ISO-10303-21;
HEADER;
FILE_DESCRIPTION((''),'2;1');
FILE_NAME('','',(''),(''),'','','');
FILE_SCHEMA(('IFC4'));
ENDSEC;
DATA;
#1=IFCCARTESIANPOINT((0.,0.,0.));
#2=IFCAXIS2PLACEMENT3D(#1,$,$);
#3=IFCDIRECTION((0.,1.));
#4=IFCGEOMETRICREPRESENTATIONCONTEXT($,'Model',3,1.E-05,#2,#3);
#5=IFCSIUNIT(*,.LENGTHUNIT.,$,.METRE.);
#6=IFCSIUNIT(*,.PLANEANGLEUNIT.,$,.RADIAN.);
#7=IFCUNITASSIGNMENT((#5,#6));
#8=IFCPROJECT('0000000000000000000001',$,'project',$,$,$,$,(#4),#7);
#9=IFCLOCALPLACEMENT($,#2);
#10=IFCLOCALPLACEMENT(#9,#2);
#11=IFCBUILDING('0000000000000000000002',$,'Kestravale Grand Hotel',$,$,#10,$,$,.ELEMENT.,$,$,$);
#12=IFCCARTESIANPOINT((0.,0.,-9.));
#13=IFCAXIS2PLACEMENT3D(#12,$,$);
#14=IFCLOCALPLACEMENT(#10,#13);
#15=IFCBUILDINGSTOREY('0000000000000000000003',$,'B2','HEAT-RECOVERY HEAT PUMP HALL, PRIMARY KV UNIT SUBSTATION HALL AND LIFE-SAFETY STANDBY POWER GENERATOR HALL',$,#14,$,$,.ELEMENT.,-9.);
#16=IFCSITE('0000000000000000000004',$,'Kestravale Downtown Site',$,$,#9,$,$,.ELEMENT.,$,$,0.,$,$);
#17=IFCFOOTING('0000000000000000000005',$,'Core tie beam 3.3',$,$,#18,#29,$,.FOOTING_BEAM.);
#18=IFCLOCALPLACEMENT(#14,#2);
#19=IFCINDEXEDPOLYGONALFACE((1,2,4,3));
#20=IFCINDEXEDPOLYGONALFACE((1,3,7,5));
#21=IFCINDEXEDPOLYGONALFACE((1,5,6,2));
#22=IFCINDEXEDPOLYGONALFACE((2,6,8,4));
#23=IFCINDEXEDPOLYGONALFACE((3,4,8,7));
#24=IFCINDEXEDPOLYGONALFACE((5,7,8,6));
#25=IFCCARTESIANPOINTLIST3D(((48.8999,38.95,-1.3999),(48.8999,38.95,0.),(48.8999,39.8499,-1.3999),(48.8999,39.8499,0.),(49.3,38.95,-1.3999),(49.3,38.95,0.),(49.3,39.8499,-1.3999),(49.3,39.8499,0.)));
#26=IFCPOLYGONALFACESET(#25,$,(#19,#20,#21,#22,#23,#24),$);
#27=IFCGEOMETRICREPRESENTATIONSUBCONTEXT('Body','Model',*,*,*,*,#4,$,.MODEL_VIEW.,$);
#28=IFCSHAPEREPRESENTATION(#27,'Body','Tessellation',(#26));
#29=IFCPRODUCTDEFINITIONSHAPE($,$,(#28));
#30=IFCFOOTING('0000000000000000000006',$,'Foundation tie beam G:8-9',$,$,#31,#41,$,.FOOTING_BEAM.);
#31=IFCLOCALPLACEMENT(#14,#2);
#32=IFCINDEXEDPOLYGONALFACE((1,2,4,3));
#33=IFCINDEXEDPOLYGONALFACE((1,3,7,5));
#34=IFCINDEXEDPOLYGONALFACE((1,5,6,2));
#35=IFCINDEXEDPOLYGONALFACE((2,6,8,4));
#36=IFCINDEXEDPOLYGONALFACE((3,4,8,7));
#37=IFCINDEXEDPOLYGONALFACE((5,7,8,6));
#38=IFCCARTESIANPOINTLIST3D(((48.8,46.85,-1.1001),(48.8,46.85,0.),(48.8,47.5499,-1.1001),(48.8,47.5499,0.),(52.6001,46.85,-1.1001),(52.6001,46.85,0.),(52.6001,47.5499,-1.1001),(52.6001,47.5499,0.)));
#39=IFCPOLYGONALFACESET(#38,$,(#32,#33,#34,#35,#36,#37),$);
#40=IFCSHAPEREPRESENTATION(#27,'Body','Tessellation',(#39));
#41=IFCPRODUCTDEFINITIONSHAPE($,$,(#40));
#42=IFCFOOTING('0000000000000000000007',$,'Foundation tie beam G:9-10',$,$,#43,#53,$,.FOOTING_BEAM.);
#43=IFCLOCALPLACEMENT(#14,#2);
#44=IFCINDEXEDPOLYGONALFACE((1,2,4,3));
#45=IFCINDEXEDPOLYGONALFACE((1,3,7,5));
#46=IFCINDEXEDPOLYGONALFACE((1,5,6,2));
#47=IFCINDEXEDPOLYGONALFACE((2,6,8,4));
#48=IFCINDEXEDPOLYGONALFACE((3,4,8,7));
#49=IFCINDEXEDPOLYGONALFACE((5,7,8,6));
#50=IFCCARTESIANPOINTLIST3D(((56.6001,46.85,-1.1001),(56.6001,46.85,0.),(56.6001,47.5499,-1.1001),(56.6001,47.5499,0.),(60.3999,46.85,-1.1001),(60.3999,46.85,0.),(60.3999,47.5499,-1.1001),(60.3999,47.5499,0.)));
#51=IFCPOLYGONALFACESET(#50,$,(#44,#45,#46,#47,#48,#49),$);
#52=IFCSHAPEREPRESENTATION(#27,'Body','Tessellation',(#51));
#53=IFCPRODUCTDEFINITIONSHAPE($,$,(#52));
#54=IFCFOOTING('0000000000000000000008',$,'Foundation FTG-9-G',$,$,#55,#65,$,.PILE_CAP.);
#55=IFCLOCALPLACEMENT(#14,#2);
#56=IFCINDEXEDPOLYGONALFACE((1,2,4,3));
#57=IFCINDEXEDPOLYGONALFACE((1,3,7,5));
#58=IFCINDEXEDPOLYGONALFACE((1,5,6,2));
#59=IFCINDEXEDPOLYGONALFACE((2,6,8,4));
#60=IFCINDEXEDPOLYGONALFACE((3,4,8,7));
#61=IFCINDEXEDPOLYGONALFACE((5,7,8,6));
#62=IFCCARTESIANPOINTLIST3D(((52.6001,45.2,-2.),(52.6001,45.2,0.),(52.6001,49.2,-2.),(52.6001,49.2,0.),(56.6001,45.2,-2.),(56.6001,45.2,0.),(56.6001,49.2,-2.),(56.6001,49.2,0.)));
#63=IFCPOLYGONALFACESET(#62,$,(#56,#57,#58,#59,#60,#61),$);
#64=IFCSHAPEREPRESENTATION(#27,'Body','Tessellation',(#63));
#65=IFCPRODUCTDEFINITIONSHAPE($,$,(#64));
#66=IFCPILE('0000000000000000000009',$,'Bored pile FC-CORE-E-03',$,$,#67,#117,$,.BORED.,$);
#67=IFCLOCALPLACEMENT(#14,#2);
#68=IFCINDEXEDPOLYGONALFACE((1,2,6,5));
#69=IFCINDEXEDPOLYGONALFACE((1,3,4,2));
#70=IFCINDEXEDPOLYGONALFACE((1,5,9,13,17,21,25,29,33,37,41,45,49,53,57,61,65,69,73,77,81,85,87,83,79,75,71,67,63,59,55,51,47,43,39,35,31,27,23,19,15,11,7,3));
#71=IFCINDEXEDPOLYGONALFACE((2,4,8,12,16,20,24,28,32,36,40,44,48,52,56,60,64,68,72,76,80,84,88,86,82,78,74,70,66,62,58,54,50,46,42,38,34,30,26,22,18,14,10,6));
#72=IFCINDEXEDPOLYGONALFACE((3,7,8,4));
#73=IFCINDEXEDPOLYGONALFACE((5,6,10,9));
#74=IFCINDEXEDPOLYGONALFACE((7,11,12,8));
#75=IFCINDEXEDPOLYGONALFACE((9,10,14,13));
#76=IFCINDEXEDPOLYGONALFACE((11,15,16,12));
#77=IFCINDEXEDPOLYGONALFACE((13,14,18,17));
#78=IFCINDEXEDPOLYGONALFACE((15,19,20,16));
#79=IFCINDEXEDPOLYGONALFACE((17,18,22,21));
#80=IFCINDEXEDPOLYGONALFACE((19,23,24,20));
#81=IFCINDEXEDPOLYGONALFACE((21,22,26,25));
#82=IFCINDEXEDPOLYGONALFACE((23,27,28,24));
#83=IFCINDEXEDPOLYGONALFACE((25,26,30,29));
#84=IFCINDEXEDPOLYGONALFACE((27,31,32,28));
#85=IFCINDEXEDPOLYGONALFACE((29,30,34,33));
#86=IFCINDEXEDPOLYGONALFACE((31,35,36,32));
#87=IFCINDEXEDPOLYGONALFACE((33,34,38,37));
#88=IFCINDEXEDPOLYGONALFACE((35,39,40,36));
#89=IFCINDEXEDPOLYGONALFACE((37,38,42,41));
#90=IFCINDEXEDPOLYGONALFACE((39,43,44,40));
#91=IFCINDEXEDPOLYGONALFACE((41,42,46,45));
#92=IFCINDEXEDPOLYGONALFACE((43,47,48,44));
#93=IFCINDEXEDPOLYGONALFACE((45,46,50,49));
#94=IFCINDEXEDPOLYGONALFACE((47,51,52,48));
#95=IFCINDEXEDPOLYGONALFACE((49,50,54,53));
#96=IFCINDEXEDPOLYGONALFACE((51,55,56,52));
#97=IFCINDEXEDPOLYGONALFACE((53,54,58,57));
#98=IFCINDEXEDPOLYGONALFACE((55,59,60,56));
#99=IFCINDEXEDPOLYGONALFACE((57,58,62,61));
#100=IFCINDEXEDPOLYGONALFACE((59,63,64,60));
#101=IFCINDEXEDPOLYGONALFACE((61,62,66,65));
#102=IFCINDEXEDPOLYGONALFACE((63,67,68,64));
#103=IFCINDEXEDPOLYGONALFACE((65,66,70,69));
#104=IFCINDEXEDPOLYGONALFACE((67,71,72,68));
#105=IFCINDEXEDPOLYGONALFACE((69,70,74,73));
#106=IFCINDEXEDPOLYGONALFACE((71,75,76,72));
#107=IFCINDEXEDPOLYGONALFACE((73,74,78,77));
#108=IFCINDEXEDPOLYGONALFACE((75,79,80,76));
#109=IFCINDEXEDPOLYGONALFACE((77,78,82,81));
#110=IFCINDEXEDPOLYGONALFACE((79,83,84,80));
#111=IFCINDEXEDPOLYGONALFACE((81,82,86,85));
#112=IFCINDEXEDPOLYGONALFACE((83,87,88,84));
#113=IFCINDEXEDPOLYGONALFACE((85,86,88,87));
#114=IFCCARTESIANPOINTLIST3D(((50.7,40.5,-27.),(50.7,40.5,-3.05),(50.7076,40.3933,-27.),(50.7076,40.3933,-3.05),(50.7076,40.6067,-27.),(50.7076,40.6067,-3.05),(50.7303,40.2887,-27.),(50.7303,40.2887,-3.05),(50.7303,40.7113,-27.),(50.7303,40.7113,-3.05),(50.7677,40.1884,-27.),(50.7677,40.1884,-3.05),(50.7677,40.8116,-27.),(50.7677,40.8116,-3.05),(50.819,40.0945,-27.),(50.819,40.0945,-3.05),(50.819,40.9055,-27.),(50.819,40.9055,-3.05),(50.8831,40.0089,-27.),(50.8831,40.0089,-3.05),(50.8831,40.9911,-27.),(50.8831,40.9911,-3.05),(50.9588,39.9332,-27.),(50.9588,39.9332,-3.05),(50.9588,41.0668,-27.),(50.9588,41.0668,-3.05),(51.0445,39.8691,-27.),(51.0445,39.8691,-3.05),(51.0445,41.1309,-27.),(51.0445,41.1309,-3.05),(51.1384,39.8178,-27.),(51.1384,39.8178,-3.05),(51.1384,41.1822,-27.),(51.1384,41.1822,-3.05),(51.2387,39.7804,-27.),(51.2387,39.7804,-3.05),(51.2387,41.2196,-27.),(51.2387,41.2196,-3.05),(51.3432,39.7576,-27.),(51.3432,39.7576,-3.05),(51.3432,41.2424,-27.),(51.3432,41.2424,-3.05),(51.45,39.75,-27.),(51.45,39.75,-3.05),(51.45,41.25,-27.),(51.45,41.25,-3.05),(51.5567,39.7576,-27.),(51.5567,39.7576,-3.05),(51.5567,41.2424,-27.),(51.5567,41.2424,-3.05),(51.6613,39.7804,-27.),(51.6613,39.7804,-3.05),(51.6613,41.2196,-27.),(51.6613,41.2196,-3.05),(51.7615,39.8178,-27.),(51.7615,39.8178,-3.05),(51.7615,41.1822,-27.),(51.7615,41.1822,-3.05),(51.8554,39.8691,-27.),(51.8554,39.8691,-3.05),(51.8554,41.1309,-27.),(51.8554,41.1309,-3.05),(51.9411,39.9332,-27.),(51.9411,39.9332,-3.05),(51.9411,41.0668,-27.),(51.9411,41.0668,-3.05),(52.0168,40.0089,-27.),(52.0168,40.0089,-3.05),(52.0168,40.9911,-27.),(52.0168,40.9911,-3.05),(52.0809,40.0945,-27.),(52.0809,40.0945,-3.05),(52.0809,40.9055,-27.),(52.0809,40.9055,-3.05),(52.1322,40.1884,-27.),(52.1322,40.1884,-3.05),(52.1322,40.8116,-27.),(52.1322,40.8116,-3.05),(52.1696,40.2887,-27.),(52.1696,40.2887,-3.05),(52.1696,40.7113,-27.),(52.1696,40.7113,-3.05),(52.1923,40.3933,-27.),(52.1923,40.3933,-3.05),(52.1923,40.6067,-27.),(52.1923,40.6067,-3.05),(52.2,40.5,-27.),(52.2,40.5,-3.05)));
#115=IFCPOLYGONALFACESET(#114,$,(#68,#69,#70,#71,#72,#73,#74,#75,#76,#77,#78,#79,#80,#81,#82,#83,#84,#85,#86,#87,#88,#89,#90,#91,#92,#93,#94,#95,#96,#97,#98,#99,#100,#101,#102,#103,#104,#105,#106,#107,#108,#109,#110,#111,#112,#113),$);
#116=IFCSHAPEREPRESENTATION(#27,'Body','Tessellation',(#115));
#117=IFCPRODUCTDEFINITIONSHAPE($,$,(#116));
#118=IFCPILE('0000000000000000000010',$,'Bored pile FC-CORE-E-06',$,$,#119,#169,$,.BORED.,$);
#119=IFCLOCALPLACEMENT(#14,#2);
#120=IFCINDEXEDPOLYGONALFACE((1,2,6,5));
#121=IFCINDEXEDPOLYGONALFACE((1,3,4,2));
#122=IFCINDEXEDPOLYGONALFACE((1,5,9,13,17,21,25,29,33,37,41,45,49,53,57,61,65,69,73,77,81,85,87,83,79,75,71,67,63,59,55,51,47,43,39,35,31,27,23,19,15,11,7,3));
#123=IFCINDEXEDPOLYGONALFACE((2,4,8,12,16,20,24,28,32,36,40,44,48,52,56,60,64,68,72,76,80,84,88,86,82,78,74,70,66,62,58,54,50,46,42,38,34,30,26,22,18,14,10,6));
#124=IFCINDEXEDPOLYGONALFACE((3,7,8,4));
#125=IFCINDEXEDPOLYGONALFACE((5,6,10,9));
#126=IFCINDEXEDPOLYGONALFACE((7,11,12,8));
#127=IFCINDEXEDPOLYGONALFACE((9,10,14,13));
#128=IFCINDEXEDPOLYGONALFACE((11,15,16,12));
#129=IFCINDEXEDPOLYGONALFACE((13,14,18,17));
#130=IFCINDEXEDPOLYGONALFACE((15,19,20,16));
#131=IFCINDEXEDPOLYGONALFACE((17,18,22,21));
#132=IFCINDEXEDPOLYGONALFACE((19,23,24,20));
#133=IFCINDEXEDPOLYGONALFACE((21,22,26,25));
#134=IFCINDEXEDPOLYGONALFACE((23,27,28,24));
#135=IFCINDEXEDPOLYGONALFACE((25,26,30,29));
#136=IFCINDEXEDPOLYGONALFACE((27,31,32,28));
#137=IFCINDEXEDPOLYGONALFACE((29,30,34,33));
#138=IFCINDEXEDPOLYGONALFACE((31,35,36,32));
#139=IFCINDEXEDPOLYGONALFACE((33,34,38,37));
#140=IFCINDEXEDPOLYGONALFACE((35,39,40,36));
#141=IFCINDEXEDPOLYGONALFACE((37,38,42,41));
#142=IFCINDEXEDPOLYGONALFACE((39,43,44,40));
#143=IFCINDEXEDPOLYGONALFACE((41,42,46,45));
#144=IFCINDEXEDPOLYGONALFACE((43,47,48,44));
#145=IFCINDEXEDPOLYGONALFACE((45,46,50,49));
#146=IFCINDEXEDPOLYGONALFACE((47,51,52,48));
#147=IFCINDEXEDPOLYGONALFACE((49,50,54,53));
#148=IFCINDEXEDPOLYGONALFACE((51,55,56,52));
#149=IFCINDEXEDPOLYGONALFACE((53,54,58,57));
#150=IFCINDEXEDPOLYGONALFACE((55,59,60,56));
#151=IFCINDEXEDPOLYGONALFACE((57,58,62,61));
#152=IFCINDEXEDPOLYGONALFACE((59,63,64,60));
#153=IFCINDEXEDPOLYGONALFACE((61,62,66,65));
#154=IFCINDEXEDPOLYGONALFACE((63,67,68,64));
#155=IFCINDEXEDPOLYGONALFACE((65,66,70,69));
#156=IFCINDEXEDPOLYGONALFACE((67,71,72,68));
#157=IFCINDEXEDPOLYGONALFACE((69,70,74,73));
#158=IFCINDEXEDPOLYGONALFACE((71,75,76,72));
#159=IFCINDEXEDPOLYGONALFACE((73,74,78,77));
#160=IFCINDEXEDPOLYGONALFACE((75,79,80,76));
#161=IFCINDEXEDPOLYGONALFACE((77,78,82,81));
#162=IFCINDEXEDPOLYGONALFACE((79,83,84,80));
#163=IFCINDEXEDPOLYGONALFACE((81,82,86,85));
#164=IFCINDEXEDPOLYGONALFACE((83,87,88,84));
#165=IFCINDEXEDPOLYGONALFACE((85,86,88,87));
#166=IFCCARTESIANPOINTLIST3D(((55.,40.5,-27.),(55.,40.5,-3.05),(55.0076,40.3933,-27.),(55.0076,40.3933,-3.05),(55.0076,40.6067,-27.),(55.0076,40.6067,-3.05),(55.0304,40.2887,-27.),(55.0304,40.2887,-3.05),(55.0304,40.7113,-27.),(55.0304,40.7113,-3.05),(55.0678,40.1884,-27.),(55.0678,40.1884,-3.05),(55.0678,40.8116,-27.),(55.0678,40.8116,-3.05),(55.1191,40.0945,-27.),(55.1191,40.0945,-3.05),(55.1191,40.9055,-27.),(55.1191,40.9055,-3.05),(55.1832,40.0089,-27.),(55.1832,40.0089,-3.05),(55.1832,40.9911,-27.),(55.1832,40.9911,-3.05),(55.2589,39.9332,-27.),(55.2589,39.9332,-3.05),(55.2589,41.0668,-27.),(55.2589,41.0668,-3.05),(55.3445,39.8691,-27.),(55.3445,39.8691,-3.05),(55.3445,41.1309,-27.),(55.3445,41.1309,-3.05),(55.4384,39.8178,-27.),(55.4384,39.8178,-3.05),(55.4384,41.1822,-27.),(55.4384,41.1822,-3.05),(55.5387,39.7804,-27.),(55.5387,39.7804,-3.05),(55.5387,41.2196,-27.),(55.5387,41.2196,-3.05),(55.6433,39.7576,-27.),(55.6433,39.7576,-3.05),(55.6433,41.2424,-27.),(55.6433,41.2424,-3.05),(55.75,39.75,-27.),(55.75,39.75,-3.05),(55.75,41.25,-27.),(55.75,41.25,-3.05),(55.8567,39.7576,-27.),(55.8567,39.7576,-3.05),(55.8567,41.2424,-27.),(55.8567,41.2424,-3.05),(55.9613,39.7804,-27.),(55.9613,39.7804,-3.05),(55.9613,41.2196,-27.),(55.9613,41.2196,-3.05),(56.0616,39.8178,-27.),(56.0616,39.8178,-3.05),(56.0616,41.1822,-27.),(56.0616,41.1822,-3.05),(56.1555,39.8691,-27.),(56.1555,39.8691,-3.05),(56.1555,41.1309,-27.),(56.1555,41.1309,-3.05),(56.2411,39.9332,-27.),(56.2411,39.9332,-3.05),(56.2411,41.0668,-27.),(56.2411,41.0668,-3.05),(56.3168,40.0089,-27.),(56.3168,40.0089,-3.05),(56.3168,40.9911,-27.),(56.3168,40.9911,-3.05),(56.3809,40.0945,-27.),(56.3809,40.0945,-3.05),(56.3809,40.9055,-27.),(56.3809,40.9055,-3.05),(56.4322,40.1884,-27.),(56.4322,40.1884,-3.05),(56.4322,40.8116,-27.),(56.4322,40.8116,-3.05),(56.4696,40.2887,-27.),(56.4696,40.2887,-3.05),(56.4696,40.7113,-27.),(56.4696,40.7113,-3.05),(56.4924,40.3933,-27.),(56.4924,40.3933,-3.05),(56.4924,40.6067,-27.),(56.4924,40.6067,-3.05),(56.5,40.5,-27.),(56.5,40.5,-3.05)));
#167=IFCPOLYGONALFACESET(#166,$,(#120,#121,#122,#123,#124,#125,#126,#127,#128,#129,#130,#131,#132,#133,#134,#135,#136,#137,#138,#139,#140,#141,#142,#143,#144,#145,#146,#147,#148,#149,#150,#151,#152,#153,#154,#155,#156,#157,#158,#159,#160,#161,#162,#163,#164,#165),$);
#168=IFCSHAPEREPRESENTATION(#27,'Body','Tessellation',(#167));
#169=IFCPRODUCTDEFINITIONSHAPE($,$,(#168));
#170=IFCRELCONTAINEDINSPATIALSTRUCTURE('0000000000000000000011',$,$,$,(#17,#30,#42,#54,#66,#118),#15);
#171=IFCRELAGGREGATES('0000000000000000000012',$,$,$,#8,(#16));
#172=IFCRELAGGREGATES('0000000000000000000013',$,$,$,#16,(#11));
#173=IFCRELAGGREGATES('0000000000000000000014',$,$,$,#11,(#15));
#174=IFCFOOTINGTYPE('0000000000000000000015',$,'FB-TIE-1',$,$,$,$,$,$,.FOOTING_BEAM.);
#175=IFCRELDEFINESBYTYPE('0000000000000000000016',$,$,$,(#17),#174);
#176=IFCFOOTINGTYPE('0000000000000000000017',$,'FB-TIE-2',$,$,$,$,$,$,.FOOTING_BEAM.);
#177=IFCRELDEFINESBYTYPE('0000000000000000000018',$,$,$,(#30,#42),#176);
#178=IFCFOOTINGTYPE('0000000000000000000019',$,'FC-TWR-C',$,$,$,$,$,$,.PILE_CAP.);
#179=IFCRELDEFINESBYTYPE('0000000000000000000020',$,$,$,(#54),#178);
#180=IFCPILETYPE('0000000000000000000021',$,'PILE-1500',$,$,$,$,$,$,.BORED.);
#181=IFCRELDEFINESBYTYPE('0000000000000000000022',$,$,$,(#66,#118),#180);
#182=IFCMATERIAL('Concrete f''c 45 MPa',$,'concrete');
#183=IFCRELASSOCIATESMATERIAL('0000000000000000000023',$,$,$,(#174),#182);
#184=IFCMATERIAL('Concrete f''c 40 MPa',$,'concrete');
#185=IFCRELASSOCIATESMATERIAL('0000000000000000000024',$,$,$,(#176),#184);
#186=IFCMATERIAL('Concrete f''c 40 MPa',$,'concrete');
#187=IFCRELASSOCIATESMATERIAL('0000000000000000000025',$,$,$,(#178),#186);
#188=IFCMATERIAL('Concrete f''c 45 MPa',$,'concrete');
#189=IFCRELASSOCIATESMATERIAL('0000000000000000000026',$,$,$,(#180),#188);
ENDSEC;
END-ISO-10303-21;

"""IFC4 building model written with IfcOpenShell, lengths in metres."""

from ifc_helpers import new_model, si_unit, direction, frame, origin, origin_2d, place, context, subcontext, project, spatial, rectangle, circle, extrude, material, material_profile, profile_set, type_object, element, save


model = new_model("IFC4")

# Units and contexts
model_context = context("Model", 3, precision=1e-05, world=origin(), true_north=direction((0.0, 1.0)))
body_context = subcontext(model_context, "Body", "Model", "MODEL_VIEW")
ifc_project = project(units=[si_unit("LENGTHUNIT", "METRE"), si_unit("PLANEANGLEUNIT", "RADIAN")], contexts=[model_context])

# Site, building, storey
site_placement = place(None, origin())
site = spatial("IfcSite", under=ifc_project, at=site_placement, Name="Kestravale Downtown Site", CompositionType="ELEMENT", RefElevation=0.0)
building_placement = place(site_placement, origin())
building = spatial("IfcBuilding", under=site, at=building_placement, Name="Kestravale Grand Hotel", CompositionType="ELEMENT")
storey_placement = place(building_placement, frame((0.0, 0.0, -9.0)))
storey = spatial("IfcBuildingStorey", under=building, at=storey_placement, Name="B2", Description="HEAT-RECOVERY HEAT PUMP HALL, PRIMARY KV UNIT SUBSTATION HALL AND LIFE-SAFETY STANDBY POWER GENERATOR HALL", CompositionType="ELEMENT", Elevation=-9.0)

# Footings
ifc_material_1 = material(Name="Concrete f'c 45 MPa", Category="concrete")
ifc_material_profile_1 = material_profile(ifc_material_1, rectangle(XDim=0.8999, YDim=1.3999, at=origin_2d()))
ifc_profile_set_1 = profile_set([ifc_material_profile_1], Name="Concrete f'c 45 MPa")
footing_type_1 = type_object("IfcFootingType", Name="FB-TIE-1", PredefinedType="FOOTING_BEAM", material=ifc_profile_set_1)
footing_1_placement = place(storey_placement, frame((48.8999, 39.3999, -0.7), z_axis=(1.0, 0.0, 0.0), x_axis=(0.0, 1.0, 0.0)))
element("IfcFooting", 1, at=footing_1_placement, inside=storey, type_object=footing_type_1, Name="Core tie beam 3.3", PredefinedType="FOOTING_BEAM", context=body_context, shape_type="SweptSolid", body=[
    extrude(rectangle(XDim=0.8999, YDim=1.3999, at=origin_2d()), origin(), (0.0, 0.0, 1.0), 0.4001),
])
ifc_material_2 = material(Name="Concrete f'c 40 MPa", Category="concrete")
ifc_material_profile_2 = material_profile(ifc_material_2, rectangle(XDim=0.7, YDim=1.1001, at=origin_2d()))
ifc_profile_set_2 = profile_set([ifc_material_profile_2], Name="Concrete f'c 40 MPa")
footing_type_2 = type_object("IfcFootingType", Name="FB-TIE-2", PredefinedType="FOOTING_BEAM", material=ifc_profile_set_2)
footing_2_placement = place(storey_placement, frame((48.8, 47.2, -0.55), z_axis=(1.0, 0.0, 0.0), x_axis=(0.0, 1.0, 0.0)))
element("IfcFooting", 2, at=footing_2_placement, inside=storey, type_object=footing_type_2, Name="Foundation tie beam G:8-9", PredefinedType="FOOTING_BEAM", context=body_context, shape_type="SweptSolid", body=[
    extrude(rectangle(XDim=0.7, YDim=1.1001, at=origin_2d()), origin(), (0.0, 0.0, 1.0), 3.8),
])
footing_3_placement = place(storey_placement, frame((56.6001, 47.2, -0.55), z_axis=(1.0, 0.0, 0.0), x_axis=(0.0, 1.0, 0.0)))
element("IfcFooting", 3, at=footing_3_placement, inside=storey, type_object=footing_type_2, Name="Foundation tie beam G:9-10", PredefinedType="FOOTING_BEAM", context=body_context, shape_type="SweptSolid", body=[
    extrude(rectangle(XDim=0.7, YDim=1.1001, at=origin_2d()), origin(), (0.0, 0.0, 1.0), 3.7998),
])
ifc_material_3 = material(Name="Concrete f'c 40 MPa", Category="concrete")
footing_type_3 = type_object("IfcFootingType", Name="FC-TWR-C", PredefinedType="PILE_CAP", material=ifc_material_3)
footing_4_placement = place(storey_placement, frame((54.6001, 47.2, -2.0), z_axis=(0.0, 0.0, 1.0), x_axis=(1.0, 0.0, 0.0)))
element("IfcFooting", 4, at=footing_4_placement, inside=storey, type_object=footing_type_3, Name="Foundation FTG-9-G", PredefinedType="PILE_CAP", context=body_context, shape_type="SweptSolid", body=[
    extrude(rectangle(XDim=4.0, YDim=4.0, at=origin_2d()), origin(), (0.0, 0.0, 1.0), 2.0),
])

# Piles
ifc_material_4 = material(Name="Concrete f'c 45 MPa", Category="concrete")
ifc_material_profile_3 = material_profile(ifc_material_4, circle(Radius=0.75, at=origin_2d()))
ifc_profile_set_3 = profile_set([ifc_material_profile_3], Name="Concrete f'c 45 MPa")
pile_type_1 = type_object("IfcPileType", Name="PILE-1500", PredefinedType="BORED", material=ifc_profile_set_3)
for number, where, z_axis, x_axis, name in (
    (5, (51.45, 40.5, -3.05), (0.0, 0.0, -1.0), (1.0, 0.0, 0.0), "Bored pile FC-CORE-E-03"),
    (6, (55.75, 40.5, -3.05), (0.0, 0.0, -1.0), (1.0, 0.0, 0.0), "Bored pile FC-CORE-E-06"),
):
    element("IfcPile", number, at=place(storey_placement, frame(where, z_axis=z_axis, x_axis=x_axis)), inside=storey, type_object=pile_type_1, Name=name, PredefinedType="BORED", context=body_context, shape_type="SweptSolid", body=[
        extrude(circle(Radius=0.75, at=origin_2d()), origin(), (0.0, 0.0, 1.0), 23.95),
    ])

save(model, "model.ifc")
